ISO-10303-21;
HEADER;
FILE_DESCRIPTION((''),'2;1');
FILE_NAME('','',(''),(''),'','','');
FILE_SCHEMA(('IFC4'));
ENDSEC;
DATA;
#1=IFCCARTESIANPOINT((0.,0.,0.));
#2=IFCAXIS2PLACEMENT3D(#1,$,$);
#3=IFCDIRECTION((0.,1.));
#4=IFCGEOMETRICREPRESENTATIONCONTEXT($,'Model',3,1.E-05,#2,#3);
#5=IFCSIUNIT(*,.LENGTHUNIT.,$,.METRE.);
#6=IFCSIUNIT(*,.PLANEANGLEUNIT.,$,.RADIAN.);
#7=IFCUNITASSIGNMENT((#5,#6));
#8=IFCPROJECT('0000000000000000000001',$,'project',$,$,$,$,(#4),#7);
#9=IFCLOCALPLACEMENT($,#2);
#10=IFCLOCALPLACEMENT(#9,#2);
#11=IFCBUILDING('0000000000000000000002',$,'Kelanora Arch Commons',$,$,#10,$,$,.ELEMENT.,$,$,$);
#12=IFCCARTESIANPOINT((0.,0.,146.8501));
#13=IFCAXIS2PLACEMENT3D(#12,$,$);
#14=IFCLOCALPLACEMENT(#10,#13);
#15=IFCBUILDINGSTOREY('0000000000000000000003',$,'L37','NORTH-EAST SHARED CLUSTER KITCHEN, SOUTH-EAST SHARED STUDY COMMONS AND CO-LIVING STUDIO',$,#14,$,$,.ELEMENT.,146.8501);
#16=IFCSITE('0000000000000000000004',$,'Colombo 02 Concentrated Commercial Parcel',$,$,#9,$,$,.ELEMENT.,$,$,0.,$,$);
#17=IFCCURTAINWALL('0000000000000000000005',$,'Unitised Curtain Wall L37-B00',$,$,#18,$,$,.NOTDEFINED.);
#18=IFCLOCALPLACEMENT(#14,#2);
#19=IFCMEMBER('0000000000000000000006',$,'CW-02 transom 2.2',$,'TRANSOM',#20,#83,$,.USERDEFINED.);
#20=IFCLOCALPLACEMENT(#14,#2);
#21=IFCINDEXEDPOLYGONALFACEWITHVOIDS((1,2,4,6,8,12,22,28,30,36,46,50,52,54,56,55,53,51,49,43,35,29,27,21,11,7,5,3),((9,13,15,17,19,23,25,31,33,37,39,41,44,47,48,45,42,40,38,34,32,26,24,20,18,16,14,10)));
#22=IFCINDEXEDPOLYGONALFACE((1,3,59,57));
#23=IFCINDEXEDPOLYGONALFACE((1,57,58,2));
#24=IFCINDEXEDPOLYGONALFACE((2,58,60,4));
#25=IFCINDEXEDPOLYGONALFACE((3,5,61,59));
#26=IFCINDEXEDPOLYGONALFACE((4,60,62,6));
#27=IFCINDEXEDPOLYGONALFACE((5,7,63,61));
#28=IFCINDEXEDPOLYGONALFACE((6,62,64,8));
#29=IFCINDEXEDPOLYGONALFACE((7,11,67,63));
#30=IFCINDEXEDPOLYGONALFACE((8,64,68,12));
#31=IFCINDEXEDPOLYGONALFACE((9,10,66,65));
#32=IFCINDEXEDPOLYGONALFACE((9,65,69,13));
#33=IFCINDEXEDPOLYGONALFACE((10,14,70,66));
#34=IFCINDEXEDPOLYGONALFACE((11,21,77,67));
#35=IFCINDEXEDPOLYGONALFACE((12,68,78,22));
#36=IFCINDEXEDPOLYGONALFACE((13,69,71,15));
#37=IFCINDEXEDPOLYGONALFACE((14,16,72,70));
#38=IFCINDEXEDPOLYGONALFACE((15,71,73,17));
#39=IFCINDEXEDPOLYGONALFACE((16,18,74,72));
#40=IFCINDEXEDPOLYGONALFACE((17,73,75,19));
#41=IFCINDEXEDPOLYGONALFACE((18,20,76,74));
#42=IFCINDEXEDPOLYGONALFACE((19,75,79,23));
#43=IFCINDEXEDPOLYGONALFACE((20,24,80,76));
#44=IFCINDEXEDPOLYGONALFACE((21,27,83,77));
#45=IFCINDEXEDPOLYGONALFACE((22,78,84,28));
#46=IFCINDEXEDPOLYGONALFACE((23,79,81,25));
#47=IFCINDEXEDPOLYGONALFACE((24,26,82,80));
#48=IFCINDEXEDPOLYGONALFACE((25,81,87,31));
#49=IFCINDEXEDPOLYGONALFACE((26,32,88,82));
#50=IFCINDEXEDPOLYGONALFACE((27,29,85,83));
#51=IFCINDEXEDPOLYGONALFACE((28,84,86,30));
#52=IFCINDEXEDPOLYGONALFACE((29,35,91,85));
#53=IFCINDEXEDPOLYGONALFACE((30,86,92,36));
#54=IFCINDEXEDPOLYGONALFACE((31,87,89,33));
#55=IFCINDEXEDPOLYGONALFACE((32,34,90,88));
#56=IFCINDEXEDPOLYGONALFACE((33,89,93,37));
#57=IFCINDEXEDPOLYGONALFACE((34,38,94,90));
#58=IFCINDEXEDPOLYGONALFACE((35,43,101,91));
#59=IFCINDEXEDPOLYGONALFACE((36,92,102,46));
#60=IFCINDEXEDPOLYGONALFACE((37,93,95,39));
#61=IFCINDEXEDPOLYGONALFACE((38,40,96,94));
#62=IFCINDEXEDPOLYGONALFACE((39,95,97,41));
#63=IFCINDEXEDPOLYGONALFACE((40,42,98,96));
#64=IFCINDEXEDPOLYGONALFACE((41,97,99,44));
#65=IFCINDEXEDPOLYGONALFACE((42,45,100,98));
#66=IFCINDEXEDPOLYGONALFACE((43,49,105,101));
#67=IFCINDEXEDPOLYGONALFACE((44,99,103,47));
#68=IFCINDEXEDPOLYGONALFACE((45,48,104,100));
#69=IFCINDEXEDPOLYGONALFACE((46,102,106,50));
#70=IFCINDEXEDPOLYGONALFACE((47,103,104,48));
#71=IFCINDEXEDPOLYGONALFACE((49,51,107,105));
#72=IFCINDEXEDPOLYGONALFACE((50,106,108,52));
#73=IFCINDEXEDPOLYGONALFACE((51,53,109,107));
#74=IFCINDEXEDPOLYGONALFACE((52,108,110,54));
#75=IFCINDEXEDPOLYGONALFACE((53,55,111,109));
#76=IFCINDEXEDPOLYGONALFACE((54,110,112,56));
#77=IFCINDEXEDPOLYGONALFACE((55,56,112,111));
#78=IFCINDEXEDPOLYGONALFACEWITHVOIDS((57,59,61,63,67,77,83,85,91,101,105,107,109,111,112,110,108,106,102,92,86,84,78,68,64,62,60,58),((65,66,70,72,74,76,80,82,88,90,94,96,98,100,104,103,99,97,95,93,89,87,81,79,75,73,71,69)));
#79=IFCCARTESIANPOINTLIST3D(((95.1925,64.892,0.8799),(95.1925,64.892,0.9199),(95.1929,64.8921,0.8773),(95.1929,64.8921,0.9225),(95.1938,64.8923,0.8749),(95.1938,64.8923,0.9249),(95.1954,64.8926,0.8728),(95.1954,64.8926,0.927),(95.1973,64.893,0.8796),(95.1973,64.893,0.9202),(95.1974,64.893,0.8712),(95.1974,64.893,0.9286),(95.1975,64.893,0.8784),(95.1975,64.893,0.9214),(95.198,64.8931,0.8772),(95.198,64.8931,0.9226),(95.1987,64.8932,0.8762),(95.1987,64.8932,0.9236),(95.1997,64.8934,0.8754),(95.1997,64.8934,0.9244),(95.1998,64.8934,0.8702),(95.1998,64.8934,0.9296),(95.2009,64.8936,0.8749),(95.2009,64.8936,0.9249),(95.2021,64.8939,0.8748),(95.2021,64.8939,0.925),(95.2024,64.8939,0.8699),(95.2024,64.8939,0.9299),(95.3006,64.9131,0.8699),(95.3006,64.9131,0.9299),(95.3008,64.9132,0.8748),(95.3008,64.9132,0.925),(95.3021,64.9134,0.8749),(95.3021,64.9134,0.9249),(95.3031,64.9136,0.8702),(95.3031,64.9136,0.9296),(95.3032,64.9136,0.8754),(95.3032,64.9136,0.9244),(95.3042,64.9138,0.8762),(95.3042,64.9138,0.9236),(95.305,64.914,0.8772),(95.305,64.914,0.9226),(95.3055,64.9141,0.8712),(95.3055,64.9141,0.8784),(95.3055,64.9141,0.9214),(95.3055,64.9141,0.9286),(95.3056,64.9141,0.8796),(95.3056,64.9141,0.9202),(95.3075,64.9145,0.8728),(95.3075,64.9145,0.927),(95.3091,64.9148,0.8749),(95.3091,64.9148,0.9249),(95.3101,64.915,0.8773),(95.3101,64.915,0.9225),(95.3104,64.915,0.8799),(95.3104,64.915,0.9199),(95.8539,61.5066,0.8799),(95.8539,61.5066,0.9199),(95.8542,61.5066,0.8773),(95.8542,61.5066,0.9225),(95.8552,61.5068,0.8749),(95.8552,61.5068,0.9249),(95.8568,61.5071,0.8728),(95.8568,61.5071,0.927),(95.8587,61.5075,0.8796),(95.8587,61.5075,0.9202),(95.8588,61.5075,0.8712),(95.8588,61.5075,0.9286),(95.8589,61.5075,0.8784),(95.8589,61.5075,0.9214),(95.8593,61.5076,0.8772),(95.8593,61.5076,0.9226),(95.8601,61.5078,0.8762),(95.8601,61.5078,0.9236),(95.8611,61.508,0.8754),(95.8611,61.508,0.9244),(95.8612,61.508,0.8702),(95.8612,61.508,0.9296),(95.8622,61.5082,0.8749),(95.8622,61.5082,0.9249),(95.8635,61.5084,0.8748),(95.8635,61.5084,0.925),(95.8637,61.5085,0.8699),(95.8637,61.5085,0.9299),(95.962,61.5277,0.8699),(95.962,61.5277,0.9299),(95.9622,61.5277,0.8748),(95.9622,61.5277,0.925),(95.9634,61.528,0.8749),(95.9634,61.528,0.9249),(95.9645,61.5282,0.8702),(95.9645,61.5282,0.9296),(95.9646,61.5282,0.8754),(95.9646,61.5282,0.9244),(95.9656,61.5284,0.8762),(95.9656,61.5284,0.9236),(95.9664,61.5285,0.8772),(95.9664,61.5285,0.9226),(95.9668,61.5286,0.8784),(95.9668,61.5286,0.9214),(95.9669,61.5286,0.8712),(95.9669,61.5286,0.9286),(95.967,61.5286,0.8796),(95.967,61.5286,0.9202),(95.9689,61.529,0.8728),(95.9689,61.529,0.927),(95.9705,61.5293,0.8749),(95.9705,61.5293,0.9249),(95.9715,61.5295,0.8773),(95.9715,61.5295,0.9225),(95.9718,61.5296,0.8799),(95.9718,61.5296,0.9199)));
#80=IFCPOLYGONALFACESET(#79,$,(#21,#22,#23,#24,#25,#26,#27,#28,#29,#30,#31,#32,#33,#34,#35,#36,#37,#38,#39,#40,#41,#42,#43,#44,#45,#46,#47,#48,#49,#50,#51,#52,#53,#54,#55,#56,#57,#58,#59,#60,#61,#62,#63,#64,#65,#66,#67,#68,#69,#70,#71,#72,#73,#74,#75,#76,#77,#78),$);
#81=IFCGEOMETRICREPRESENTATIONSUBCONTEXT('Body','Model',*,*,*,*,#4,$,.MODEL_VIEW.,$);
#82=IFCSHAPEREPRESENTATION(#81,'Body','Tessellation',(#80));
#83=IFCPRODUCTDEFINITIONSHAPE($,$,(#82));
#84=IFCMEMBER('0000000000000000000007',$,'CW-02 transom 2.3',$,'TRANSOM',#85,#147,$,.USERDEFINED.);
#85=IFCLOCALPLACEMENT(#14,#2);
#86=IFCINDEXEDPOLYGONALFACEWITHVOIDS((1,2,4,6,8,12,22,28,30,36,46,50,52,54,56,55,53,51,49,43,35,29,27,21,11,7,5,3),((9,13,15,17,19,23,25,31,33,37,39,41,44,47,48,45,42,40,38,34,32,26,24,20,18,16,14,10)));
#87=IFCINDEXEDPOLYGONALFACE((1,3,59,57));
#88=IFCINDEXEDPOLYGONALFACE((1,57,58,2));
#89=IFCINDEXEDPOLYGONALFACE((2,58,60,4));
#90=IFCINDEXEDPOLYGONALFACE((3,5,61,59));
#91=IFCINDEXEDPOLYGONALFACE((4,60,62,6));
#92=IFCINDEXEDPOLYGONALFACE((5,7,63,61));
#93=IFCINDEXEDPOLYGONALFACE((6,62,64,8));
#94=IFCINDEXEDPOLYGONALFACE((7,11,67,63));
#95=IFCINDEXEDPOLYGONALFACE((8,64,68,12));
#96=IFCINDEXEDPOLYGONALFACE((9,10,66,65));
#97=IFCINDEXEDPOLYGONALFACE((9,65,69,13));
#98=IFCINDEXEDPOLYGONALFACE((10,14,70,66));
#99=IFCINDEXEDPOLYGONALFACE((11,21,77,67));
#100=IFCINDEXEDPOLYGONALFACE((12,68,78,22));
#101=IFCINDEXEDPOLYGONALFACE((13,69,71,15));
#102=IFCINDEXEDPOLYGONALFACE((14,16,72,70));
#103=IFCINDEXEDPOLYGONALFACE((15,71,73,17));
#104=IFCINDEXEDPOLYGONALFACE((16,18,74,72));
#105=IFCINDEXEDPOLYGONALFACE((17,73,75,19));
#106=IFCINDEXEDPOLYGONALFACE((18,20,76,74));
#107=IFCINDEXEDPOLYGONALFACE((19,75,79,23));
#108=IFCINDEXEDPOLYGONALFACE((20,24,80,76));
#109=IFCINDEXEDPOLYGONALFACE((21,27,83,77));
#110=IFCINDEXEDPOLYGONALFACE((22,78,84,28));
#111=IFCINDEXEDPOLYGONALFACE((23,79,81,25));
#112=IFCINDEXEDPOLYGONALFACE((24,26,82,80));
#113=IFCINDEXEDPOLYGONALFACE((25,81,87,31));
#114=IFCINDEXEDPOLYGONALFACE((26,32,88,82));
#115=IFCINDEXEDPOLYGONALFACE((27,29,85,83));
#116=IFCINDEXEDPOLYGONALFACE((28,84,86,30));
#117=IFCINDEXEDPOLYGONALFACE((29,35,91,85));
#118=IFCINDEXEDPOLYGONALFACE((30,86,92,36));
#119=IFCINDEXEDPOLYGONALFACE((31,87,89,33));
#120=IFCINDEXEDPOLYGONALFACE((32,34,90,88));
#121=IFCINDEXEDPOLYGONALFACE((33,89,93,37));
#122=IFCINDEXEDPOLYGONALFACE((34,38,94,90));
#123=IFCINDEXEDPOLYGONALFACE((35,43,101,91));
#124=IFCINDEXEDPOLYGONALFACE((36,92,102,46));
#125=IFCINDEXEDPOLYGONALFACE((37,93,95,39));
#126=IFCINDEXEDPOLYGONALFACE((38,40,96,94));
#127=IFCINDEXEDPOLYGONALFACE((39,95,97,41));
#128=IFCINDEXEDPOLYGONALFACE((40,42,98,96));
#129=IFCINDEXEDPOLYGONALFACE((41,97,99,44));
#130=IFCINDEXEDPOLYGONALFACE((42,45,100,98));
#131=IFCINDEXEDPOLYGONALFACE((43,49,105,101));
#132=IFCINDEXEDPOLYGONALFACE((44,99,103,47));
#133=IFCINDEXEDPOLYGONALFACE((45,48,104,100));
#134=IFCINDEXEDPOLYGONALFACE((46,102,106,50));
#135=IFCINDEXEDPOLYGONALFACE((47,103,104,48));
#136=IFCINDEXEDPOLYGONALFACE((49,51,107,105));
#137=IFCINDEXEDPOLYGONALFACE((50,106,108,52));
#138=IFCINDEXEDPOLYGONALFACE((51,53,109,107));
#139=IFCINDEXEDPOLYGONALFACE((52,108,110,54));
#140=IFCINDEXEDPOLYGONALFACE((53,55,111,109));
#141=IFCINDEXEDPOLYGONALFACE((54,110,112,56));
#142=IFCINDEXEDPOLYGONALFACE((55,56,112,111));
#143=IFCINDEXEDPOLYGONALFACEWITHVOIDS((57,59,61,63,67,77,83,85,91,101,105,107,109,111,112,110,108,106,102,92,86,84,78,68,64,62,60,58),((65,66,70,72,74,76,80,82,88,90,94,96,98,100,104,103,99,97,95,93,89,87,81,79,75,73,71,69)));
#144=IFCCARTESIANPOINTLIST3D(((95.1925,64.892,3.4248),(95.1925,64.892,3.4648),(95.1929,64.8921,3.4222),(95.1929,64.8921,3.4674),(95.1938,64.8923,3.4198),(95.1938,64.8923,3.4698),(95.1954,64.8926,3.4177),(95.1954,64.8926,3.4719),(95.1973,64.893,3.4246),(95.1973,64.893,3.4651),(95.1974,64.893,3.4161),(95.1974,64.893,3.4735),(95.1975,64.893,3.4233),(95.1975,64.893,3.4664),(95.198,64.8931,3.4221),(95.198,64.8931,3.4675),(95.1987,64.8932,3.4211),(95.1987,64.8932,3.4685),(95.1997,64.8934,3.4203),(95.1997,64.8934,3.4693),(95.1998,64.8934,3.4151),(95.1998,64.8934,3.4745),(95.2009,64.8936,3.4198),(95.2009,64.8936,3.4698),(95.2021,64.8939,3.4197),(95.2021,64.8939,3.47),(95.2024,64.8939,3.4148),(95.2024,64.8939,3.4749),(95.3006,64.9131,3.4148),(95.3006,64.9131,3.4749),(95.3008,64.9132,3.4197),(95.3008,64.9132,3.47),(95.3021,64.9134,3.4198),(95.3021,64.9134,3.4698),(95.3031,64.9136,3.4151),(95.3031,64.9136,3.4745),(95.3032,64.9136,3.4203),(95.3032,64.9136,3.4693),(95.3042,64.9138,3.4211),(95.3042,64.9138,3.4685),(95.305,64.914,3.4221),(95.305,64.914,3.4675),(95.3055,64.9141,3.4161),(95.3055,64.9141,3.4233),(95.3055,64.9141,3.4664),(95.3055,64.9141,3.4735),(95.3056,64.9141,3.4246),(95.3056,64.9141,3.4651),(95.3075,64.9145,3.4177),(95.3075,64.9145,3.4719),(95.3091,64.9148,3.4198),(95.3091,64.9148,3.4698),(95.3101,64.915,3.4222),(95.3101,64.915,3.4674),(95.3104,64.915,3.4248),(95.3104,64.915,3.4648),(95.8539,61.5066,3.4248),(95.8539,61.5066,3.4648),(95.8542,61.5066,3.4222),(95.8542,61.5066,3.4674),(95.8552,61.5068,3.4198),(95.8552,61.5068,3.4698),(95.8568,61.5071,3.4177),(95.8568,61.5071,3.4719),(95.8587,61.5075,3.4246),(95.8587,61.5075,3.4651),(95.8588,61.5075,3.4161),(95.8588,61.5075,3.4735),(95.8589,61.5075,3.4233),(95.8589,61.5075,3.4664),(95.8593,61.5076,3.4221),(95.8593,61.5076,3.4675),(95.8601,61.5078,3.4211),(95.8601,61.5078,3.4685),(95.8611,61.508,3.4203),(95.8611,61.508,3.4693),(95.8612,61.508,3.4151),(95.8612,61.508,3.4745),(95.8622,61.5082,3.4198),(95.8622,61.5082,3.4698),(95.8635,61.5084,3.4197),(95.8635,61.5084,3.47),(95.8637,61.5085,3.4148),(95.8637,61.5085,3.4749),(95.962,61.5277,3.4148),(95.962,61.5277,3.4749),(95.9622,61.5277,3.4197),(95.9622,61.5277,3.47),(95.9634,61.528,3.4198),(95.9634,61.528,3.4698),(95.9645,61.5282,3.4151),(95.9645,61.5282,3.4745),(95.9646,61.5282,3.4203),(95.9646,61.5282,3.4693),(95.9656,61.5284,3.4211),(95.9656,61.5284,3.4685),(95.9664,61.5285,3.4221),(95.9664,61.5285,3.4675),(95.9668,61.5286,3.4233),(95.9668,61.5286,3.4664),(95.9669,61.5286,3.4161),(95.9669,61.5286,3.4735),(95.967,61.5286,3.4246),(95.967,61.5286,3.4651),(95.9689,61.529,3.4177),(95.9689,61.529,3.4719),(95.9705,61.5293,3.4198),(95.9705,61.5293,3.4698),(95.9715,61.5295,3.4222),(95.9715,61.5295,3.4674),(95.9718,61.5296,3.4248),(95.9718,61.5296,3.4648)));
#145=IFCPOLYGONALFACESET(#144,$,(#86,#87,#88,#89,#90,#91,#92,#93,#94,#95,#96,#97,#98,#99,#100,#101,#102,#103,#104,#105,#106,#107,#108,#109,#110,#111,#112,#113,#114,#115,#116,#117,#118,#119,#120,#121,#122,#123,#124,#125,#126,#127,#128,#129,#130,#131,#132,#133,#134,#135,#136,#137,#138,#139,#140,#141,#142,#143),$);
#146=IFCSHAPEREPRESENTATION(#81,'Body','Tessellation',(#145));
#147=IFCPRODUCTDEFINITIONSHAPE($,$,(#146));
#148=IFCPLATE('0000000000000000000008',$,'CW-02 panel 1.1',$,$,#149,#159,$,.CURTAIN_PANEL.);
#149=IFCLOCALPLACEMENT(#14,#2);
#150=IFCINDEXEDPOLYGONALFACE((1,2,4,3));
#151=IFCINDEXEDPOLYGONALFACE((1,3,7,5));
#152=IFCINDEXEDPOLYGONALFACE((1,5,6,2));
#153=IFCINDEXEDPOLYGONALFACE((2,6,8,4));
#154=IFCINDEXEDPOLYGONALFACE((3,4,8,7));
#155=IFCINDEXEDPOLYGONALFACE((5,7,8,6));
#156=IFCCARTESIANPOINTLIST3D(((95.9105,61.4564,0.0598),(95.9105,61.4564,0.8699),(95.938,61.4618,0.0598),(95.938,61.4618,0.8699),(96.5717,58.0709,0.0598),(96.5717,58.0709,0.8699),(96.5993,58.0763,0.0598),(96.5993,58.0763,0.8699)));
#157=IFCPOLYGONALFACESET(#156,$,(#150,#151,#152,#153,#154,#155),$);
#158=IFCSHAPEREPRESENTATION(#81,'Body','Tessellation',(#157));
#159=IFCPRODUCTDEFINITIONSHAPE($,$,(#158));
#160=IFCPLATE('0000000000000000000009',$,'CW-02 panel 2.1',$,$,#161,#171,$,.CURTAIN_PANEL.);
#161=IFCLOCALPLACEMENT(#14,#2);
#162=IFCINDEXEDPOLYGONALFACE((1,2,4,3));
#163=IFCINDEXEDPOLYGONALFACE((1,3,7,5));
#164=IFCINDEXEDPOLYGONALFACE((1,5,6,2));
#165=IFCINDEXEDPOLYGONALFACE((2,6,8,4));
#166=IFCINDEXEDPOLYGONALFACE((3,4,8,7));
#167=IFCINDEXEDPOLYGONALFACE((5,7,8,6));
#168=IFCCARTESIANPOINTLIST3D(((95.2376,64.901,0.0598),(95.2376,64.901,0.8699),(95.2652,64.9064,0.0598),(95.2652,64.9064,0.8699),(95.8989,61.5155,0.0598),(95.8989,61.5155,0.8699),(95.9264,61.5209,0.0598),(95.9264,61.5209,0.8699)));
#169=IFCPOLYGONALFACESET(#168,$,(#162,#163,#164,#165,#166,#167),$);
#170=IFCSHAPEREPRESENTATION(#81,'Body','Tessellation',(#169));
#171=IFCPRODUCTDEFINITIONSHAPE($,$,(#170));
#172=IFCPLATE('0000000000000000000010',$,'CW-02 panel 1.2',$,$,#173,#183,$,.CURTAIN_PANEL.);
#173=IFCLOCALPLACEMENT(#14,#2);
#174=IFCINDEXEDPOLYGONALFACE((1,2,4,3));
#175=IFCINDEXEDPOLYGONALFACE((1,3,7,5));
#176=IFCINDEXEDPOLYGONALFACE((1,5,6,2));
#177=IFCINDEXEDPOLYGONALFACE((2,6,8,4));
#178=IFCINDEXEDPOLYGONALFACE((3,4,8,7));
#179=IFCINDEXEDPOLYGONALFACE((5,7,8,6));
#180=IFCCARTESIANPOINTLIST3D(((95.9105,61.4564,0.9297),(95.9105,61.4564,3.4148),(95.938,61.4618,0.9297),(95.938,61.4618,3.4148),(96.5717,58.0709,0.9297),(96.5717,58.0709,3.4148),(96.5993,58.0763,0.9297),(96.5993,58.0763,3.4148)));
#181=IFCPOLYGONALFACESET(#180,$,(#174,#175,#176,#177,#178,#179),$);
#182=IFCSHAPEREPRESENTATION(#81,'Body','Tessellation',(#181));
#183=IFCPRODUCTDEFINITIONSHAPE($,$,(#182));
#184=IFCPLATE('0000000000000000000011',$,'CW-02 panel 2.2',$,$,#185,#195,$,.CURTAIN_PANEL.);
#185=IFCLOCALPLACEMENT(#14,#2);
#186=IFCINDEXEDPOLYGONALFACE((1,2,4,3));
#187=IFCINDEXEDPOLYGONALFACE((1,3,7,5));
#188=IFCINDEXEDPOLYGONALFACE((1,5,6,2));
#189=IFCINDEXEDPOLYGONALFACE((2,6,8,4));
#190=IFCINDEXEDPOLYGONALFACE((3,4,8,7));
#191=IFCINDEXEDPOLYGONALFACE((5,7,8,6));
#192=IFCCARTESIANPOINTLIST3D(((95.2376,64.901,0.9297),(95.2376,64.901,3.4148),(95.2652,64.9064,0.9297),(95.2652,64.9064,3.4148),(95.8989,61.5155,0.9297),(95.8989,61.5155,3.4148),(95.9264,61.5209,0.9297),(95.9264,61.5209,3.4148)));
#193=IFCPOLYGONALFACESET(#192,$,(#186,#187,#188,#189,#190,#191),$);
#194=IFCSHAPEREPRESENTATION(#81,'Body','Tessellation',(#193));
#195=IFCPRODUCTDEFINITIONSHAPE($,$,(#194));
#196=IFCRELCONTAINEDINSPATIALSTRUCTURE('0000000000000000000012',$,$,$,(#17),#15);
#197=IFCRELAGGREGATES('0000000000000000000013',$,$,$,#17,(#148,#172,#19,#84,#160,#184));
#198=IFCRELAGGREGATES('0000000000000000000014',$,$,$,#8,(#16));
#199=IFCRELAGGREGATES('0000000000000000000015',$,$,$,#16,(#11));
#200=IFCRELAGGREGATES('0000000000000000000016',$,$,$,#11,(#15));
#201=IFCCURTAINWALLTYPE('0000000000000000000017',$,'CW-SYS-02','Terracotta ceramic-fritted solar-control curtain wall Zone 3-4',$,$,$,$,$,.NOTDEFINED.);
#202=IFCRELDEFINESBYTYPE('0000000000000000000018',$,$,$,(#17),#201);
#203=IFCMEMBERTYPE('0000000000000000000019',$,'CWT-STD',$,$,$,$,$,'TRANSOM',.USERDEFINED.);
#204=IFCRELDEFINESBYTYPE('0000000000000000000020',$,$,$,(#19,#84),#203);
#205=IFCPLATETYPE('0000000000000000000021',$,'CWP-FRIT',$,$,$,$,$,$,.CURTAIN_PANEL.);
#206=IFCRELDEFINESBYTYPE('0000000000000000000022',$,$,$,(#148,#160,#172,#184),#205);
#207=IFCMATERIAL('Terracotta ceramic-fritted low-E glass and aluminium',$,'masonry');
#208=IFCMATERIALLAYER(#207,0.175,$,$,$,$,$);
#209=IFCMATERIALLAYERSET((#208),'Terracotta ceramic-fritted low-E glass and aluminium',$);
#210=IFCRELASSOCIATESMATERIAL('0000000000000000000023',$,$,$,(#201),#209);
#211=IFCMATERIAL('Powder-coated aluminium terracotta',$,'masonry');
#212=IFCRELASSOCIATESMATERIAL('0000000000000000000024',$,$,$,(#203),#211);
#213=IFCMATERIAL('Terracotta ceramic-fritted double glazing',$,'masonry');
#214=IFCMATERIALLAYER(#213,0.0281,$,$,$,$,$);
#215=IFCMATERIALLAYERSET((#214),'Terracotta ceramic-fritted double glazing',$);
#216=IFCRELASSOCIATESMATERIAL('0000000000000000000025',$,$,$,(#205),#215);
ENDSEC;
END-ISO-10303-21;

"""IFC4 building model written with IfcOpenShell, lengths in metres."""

from ifc_helpers import new_model, si_unit, direction, frame, origin, origin_2d, place, context, subcontext, project, spatial, rectangle, hollow_rectangle, extrude, source, transform, mapped, material, layer, layer_set, material_profile, profile_set, type_object, element, aggregate, save


model = new_model("IFC4")

# Units and contexts
model_context = context("Model", 3, precision=1e-05, world=origin(), true_north=direction((0.0, 1.0)))
body_context = subcontext(model_context, "Body", "Model", "MODEL_VIEW")
ifc_project = project(units=[si_unit("LENGTHUNIT", "METRE"), si_unit("PLANEANGLEUNIT", "RADIAN")], contexts=[model_context])

# Site, building, storey
site_placement = place(None, origin())
site = spatial("IfcSite", under=ifc_project, at=site_placement, Name="Colombo 02 Concentrated Commercial Parcel", CompositionType="ELEMENT", RefElevation=0.0)
building_placement = place(site_placement, origin())
building = spatial("IfcBuilding", under=site, at=building_placement, Name="Kelanora Arch Commons", CompositionType="ELEMENT")
storey_placement = place(building_placement, frame((0.0, 0.0, 146.8501)))
storey = spatial("IfcBuildingStorey", under=building, at=storey_placement, Name="L37", Description="NORTH-EAST SHARED CLUSTER KITCHEN, SOUTH-EAST SHARED STUDY COMMONS AND CO-LIVING STUDIO", CompositionType="ELEMENT", Elevation=146.8501)

# Curtain wall, members, plates
ifc_material_1 = material(Name="Terracotta ceramic-fritted low-E glass and aluminium", Category="masonry")
ifc_layer_1 = layer(ifc_material_1, 0.175)
ifc_layer_set_1 = layer_set([ifc_layer_1], Name="Terracotta ceramic-fritted low-E glass and aluminium")
curtain_wall_type = type_object("IfcCurtainWallType", Name="CW-SYS-02", Description="Terracotta ceramic-fritted solar-control curtain wall Zone 3-4", PredefinedType="NOTDEFINED", material=ifc_layer_set_1)
curtain_wall_placement = place(storey_placement, origin())
curtain_wall = element("IfcCurtainWall", 1, at=curtain_wall_placement, inside=storey, type_object=curtain_wall_type, Name="Unitised Curtain Wall L37-B00", PredefinedType="NOTDEFINED")
ifc_material_2 = material(Name="Powder-coated aluminium terracotta", Category="masonry")
ifc_material_profile_1 = material_profile(ifc_material_2, hollow_rectangle(XDim=0.1201, YDim=0.0601, WallThickness=0.0049, InnerFilletRadius=0.0049, OuterFilletRadius=0.01, at=origin_2d()), Name="CWT120x60")
ifc_profile_set_1 = profile_set([ifc_material_profile_1], Name="Powder-coated aluminium terracotta")
member_type_1 = type_object("IfcMemberType", Name="CWT-STD", ElementType="TRANSOM", PredefinedType="USERDEFINED", material=ifc_profile_set_1)
member_1_placement = place(storey_placement, frame((95.9128, 61.5181, 0.8999), z_axis=(-0.191732, 0.981447, 0.0), x_axis=(-0.981447, -0.191732, 0.0)))
member_1 = element("IfcMember", 2, at=member_1_placement, type_object=member_type_1, Name="CW-02 transom 2.2", ObjectType="TRANSOM", PredefinedType="USERDEFINED", context=body_context, shape_type="SweptSolid", body=[
    extrude(hollow_rectangle(XDim=0.1201, YDim=0.0601, WallThickness=0.0049, InnerFilletRadius=0.0049, OuterFilletRadius=0.01, at=origin_2d()), origin(), (0.0, 0.0, 1.0), 3.4495),
])
member_2_placement = place(storey_placement, frame((95.9128, 61.5181, 3.4448), z_axis=(-0.191732, 0.981447, 0.0), x_axis=(-0.981447, -0.191732, 0.0)))
member_2 = element("IfcMember", 3, at=member_2_placement, type_object=member_type_1, Name="CW-02 transom 2.3", ObjectType="TRANSOM", PredefinedType="USERDEFINED", context=body_context, shape_type="SweptSolid", body=[
    extrude(hollow_rectangle(XDim=0.1201, YDim=0.0601, WallThickness=0.0049, InnerFilletRadius=0.0049, OuterFilletRadius=0.01, at=origin_2d()), origin(), (0.0, 0.0, 1.0), 3.4495),
])
ifc_material_3 = material(Name="Terracotta ceramic-fritted double glazing", Category="masonry")
ifc_layer_2 = layer(ifc_material_3, 0.0281)
ifc_layer_set_2 = layer_set([ifc_layer_2], Name="Terracotta ceramic-fritted double glazing")
plate_type = type_object("IfcPlateType", Name="CWP-FRIT", PredefinedType="CURTAIN_PANEL", material=ifc_layer_set_2)
shared_shape_1 = source(origin(), body_context, "Body", "SweptSolid", [
    extrude(rectangle(XDim=3.4495, YDim=0.0281, at=origin_2d()), origin(), (0.0, 0.0, 1.0), 0.8101),
])
plate_1_placement = place(storey_placement, frame((96.2549, 59.7664, 0.0598), z_axis=(0.0, 0.0, 1.0), x_axis=(-0.191705, 0.981453, 0.0)))
plate_1 = element("IfcPlate", 4, at=plate_1_placement, type_object=plate_type, Name="CW-02 panel 1.1", PredefinedType="CURTAIN_PANEL", context=body_context, shape_type="MappedRepresentation", body=[
    mapped(shared_shape_1, transform((0.0, 0.0, 0.0), scale=1.0)),
])
plate_2_placement = place(storey_placement, frame((95.582, 63.2109, 0.0598), z_axis=(0.0, 0.0, 1.0), x_axis=(-0.191705, 0.981453, 0.0)))
plate_2 = element("IfcPlate", 5, at=plate_2_placement, type_object=plate_type, Name="CW-02 panel 2.1", PredefinedType="CURTAIN_PANEL", context=body_context, shape_type="MappedRepresentation", body=[
    mapped(shared_shape_1, transform((0.0, 0.0, 0.0), scale=1.0)),
])
shared_shape_2 = source(origin(), body_context, "Body", "SweptSolid", [
    extrude(rectangle(XDim=3.4495, YDim=0.0281, at=origin_2d()), origin(), (0.0, 0.0, 1.0), 2.4851),
])
plate_3_placement = place(storey_placement, frame((96.2549, 59.7664, 0.9297), z_axis=(0.0, 0.0, 1.0), x_axis=(-0.191705, 0.981453, 0.0)))
plate_3 = element("IfcPlate", 6, at=plate_3_placement, type_object=plate_type, Name="CW-02 panel 1.2", PredefinedType="CURTAIN_PANEL", context=body_context, shape_type="MappedRepresentation", body=[
    mapped(shared_shape_2, transform((0.0, 0.0, 0.0), scale=1.0)),
])
plate_4_placement = place(storey_placement, frame((95.582, 63.2109, 0.9297), z_axis=(0.0, 0.0, 1.0), x_axis=(-0.191705, 0.981453, 0.0)))
plate_4 = element("IfcPlate", 7, at=plate_4_placement, type_object=plate_type, Name="CW-02 panel 2.2", PredefinedType="CURTAIN_PANEL", context=body_context, shape_type="MappedRepresentation", body=[
    mapped(shared_shape_2, transform((0.0, 0.0, 0.0), scale=1.0)),
])
aggregate(curtain_wall, [plate_1, plate_3, member_1, member_2, plate_2, plate_4])

save(model, "model.ifc")
